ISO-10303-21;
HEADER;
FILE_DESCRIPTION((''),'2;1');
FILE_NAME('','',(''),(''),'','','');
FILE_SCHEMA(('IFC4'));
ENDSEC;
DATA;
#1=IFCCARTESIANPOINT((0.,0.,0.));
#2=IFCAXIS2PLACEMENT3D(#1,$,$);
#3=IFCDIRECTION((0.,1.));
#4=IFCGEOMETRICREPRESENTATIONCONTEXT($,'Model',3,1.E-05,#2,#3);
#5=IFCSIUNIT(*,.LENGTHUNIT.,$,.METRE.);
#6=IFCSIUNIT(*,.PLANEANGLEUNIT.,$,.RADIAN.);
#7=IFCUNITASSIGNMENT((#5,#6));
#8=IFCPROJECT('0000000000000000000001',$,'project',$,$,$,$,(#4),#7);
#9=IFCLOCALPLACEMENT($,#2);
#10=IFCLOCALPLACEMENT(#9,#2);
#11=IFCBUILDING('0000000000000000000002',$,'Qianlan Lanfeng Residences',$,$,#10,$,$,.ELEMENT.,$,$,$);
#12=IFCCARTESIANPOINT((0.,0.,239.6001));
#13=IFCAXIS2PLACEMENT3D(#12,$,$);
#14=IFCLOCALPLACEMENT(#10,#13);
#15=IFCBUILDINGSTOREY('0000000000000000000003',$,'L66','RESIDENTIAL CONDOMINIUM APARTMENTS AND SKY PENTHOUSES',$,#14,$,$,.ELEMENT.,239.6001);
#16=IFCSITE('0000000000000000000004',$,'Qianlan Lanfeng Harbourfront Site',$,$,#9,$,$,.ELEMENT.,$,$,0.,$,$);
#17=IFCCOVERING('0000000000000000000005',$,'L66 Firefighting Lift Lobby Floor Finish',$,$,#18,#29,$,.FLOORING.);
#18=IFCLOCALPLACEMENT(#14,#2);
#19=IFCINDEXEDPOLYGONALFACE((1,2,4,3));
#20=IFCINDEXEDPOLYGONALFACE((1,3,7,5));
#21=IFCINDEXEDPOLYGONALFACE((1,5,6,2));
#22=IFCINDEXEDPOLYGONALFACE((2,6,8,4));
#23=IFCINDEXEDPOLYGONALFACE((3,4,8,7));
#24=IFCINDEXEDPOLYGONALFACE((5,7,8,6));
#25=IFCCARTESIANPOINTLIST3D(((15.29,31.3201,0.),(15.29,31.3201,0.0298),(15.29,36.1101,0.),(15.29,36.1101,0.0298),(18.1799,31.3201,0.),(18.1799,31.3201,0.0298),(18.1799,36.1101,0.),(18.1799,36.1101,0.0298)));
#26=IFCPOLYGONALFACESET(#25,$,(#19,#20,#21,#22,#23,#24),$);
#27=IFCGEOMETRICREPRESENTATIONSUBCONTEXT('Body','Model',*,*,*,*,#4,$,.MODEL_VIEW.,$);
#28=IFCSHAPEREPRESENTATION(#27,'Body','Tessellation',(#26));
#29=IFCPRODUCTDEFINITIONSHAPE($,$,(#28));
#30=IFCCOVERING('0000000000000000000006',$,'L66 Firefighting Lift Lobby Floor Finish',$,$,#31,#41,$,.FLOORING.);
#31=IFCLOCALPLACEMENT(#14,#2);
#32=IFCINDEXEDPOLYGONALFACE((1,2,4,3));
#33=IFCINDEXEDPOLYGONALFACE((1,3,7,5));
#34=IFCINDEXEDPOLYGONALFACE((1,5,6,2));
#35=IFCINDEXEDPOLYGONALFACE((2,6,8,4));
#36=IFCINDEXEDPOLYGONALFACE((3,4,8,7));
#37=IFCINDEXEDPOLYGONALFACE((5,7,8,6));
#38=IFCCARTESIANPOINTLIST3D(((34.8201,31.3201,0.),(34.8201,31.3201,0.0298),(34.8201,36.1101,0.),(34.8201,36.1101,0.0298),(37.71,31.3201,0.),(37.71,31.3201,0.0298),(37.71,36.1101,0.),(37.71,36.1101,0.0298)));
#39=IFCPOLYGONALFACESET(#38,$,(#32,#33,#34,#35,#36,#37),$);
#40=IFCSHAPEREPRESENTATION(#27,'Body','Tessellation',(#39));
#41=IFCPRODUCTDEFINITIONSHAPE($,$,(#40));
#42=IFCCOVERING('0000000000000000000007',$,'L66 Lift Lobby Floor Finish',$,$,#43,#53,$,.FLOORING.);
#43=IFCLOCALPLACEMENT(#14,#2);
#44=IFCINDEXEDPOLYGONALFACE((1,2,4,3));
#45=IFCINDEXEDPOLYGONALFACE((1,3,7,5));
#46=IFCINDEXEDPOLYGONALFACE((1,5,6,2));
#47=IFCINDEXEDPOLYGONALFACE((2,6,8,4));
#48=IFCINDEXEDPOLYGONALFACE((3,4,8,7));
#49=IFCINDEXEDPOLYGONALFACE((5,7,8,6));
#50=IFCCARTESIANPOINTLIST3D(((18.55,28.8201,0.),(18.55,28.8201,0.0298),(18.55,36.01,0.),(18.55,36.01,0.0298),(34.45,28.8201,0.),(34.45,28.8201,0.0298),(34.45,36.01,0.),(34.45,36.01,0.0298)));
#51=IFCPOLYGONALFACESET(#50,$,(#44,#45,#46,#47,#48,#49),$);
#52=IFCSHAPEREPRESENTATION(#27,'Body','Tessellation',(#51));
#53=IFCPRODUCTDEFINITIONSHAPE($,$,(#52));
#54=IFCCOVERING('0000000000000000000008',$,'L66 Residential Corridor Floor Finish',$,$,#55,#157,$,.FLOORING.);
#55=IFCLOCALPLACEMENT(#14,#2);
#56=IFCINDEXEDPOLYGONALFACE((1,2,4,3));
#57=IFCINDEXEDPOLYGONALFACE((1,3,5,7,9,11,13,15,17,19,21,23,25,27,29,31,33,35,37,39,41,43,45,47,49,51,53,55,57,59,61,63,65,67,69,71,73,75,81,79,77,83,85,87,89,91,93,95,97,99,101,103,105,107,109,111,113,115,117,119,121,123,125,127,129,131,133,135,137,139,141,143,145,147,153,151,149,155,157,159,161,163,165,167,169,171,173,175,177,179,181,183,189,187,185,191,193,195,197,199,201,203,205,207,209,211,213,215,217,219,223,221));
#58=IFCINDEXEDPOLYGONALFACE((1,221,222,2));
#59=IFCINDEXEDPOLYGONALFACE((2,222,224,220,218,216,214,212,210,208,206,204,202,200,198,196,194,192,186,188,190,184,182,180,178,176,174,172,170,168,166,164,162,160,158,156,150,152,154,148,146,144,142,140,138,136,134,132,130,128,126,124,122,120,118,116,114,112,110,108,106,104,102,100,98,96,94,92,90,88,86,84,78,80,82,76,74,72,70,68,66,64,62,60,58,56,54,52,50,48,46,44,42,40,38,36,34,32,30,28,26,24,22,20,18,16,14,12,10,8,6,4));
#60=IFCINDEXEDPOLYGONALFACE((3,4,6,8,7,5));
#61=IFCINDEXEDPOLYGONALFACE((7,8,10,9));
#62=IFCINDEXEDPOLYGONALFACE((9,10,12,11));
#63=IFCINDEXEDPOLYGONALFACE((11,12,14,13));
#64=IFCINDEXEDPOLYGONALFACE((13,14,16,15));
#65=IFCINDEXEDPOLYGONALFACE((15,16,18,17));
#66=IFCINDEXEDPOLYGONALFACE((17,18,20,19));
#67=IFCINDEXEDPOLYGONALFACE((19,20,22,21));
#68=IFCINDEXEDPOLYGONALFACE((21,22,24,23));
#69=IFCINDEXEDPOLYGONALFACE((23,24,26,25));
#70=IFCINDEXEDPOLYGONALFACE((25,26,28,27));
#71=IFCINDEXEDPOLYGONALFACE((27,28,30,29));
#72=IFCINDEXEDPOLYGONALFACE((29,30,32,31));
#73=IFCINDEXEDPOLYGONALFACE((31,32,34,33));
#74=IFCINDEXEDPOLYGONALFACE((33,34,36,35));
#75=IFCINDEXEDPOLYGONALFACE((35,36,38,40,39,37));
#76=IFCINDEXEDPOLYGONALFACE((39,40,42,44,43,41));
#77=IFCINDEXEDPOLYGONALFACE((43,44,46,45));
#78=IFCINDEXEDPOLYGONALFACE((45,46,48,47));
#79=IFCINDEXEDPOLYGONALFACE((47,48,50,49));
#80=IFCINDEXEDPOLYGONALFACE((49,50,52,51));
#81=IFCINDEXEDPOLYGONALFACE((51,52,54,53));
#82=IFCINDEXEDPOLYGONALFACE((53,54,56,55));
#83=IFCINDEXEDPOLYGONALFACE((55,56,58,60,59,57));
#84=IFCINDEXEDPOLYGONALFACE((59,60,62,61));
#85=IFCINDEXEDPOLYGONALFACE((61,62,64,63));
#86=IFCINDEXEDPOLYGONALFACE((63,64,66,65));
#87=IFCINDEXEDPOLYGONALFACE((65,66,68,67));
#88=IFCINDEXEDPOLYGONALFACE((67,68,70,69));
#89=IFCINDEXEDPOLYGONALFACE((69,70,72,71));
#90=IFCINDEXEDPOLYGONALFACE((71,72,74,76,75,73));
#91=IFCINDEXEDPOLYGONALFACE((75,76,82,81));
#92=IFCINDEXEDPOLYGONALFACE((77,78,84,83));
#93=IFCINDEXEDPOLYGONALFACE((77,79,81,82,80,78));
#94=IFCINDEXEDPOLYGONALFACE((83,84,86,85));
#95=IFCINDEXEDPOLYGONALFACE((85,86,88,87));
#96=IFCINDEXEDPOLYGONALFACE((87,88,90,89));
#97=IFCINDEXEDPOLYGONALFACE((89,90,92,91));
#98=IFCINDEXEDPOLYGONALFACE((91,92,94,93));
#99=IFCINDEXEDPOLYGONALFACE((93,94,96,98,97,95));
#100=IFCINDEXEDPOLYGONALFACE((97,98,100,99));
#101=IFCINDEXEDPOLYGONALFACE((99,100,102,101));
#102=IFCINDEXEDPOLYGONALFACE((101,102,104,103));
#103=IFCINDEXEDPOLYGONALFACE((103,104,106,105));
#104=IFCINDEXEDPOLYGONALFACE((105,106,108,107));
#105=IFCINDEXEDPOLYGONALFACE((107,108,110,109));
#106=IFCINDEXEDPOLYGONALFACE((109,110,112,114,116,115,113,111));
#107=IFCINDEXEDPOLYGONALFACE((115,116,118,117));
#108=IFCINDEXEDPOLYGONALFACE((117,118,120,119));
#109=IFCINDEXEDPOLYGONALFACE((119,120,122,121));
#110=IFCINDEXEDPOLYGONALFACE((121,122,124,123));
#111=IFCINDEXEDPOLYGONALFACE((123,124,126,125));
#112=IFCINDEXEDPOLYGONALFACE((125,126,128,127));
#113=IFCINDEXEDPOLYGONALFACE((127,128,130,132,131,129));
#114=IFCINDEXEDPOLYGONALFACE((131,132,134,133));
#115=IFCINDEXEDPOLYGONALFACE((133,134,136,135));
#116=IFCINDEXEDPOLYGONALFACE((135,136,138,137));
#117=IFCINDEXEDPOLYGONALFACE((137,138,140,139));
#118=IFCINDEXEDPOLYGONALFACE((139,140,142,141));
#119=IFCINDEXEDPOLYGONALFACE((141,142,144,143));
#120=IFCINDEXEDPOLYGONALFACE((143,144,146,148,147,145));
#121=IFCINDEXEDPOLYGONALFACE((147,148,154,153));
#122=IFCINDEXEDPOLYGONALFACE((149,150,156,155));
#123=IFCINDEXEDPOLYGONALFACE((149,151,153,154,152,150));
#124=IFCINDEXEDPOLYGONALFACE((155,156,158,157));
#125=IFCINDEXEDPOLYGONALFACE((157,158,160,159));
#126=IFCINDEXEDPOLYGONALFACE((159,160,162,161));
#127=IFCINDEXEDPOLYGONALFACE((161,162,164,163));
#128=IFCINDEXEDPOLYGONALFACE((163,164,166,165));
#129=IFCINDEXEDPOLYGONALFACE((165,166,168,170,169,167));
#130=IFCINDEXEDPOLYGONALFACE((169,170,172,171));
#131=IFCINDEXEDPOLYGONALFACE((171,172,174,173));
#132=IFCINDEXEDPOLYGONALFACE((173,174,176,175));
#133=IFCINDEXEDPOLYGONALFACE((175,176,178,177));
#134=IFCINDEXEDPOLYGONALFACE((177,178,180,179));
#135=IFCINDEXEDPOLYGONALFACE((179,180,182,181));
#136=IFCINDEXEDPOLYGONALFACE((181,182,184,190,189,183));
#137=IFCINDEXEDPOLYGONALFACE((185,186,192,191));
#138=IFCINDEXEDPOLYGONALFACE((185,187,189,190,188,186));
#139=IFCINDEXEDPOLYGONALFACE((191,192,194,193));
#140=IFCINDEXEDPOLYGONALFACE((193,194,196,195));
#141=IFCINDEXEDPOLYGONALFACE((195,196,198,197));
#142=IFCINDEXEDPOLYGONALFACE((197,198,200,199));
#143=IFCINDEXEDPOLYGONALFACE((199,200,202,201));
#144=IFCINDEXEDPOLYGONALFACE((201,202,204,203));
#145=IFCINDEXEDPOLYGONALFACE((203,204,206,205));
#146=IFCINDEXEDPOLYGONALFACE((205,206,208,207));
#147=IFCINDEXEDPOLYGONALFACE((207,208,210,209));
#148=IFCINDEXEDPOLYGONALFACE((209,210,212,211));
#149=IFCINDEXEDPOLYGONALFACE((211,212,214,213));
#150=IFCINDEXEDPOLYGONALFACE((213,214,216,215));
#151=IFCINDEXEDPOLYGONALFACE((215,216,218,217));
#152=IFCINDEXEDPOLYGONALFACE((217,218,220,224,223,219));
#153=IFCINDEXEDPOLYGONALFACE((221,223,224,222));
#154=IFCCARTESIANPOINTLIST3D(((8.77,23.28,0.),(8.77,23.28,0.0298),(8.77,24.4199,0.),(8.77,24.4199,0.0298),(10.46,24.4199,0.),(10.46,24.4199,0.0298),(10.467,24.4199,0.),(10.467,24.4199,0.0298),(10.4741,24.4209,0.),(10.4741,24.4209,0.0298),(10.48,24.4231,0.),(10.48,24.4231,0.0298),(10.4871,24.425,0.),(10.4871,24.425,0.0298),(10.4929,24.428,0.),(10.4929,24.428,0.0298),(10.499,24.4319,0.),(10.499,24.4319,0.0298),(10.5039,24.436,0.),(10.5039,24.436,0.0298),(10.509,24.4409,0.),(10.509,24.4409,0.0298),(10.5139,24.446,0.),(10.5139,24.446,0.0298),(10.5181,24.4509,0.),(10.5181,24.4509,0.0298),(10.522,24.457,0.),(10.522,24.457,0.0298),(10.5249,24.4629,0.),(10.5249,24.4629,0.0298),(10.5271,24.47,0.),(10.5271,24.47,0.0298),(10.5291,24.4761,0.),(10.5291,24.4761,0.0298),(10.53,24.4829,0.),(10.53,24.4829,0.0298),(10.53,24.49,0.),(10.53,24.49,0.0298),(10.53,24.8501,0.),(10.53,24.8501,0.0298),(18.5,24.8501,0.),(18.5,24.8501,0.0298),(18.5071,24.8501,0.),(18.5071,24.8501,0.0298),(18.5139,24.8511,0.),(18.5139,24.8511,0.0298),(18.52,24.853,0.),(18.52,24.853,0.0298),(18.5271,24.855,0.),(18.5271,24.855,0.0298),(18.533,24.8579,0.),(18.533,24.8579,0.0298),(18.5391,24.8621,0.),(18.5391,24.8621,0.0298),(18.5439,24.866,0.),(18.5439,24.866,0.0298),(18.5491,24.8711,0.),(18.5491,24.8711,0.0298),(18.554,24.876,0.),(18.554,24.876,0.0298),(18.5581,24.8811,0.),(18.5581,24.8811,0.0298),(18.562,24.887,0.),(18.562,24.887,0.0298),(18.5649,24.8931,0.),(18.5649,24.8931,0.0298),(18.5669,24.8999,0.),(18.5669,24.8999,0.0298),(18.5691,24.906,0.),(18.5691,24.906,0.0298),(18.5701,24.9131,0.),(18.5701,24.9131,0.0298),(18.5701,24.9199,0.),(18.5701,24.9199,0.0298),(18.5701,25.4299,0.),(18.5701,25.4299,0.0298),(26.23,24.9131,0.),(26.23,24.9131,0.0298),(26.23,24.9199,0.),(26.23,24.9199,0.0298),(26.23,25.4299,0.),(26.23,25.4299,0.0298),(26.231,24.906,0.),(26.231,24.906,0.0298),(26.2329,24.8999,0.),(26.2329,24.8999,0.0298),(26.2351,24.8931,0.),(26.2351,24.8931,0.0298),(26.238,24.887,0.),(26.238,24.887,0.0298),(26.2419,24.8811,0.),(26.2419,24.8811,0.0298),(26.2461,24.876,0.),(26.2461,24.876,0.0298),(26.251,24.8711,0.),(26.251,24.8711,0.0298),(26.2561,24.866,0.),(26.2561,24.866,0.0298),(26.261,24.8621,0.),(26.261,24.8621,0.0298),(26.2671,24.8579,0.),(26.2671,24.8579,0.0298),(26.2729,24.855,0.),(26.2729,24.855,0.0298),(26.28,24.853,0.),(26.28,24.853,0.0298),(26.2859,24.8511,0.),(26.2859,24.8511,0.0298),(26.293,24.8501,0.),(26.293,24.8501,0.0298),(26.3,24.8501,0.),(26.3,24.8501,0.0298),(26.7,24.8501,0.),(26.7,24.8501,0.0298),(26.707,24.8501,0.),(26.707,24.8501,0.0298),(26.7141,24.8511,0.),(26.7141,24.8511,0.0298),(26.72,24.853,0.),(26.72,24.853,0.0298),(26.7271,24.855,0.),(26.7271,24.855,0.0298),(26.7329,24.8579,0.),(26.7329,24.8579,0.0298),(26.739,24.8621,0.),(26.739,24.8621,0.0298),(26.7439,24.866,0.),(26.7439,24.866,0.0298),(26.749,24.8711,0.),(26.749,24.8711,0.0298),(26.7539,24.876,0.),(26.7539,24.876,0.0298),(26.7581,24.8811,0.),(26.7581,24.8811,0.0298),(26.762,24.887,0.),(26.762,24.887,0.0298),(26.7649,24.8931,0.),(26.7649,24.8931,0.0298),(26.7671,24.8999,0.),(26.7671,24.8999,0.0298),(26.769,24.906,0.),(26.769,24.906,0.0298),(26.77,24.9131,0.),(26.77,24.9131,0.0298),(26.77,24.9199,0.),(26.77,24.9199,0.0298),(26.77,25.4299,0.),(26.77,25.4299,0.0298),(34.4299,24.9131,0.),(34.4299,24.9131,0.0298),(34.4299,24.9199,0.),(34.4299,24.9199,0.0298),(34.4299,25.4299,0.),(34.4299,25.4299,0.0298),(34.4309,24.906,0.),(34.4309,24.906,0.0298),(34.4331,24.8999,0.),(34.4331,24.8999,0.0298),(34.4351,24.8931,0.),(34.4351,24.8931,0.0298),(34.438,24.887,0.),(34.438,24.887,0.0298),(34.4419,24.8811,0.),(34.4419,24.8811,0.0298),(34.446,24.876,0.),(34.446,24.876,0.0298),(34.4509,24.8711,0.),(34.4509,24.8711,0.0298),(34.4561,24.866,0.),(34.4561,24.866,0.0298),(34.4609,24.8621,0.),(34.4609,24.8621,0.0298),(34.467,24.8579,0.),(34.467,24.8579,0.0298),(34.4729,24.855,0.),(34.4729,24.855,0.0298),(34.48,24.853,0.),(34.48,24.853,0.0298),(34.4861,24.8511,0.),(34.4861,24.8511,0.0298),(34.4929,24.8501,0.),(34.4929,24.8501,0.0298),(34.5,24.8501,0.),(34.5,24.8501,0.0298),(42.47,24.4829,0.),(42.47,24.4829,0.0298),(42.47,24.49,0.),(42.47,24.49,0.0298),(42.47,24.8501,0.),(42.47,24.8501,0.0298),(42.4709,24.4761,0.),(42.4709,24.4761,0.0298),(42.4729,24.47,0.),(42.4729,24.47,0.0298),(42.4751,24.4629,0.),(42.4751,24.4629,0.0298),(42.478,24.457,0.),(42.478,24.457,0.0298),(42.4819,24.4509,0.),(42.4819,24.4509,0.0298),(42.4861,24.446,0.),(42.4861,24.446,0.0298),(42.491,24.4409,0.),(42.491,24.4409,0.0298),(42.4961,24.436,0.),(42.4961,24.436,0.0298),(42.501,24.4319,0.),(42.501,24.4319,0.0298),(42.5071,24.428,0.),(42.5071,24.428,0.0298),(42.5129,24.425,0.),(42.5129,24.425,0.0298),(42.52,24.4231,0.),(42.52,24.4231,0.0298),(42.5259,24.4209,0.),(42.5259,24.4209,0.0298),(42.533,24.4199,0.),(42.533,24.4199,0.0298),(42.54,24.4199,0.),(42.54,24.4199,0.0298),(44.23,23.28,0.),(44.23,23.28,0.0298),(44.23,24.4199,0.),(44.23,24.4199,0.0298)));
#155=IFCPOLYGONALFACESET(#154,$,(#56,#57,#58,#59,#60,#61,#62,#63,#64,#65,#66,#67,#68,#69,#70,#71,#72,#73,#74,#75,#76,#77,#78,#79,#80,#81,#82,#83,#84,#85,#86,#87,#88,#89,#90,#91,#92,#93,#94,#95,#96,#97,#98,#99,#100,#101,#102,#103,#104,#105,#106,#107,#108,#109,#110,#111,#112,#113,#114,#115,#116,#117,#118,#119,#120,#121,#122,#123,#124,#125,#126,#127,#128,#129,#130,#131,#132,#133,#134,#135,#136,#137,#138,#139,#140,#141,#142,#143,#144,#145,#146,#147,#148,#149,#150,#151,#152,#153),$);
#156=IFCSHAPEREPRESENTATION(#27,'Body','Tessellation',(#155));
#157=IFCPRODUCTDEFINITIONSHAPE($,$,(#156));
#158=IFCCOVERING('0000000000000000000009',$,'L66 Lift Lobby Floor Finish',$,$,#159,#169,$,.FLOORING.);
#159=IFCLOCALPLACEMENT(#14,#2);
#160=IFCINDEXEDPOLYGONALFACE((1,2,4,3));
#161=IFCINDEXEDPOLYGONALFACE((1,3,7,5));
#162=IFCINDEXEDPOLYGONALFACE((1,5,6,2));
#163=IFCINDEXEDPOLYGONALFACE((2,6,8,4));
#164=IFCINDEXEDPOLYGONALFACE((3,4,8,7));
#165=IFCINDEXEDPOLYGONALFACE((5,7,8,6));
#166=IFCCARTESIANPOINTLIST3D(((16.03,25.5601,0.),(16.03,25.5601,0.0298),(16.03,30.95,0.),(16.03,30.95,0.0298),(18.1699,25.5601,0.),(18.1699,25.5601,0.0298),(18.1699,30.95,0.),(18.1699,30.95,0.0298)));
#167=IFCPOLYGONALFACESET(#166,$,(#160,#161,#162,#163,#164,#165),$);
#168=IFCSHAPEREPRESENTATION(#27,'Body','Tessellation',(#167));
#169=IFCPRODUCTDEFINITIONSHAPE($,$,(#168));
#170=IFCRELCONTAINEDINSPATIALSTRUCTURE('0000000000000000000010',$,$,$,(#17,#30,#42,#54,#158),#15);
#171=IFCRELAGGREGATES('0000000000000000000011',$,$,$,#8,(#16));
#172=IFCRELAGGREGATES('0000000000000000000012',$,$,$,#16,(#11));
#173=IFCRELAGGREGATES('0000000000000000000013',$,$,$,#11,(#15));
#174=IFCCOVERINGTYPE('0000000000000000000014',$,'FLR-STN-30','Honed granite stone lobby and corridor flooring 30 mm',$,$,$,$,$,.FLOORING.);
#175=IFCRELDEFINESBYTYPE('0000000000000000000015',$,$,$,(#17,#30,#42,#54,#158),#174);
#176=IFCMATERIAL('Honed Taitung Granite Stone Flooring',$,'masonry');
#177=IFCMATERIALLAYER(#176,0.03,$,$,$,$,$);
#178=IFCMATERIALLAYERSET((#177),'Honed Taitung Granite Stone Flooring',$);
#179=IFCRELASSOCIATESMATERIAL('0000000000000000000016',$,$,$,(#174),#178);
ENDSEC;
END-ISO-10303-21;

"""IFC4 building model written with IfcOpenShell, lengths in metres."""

from ifc_helpers import new_model, si_unit, direction, frame, origin, place, context, subcontext, project, spatial, polyline, outline, extrude, material, layer, layer_set, type_object, element, save


model = new_model("IFC4")

# Units and contexts
model_context = context("Model", 3, precision=1e-05, world=origin(), true_north=direction((0.0, 1.0)))
body_context = subcontext(model_context, "Body", "Model", "MODEL_VIEW")
ifc_project = project(units=[si_unit("LENGTHUNIT", "METRE"), si_unit("PLANEANGLEUNIT", "RADIAN")], contexts=[model_context])

# Site, building, storey
site_placement = place(None, origin())
site = spatial("IfcSite", under=ifc_project, at=site_placement, Name="Qianlan Lanfeng Harbourfront Site", CompositionType="ELEMENT", RefElevation=0.0)
building_placement = place(site_placement, origin())
building = spatial("IfcBuilding", under=site, at=building_placement, Name="Qianlan Lanfeng Residences", CompositionType="ELEMENT")
storey_placement = place(building_placement, frame((0.0, 0.0, 239.6001)))
storey = spatial("IfcBuildingStorey", under=building, at=storey_placement, Name="L66", Description="RESIDENTIAL CONDOMINIUM APARTMENTS AND SKY PENTHOUSES", CompositionType="ELEMENT", Elevation=239.6001)

# Coverings
ifc_material_1 = material(Name="Honed Taitung Granite Stone Flooring", Category="masonry")
ifc_layer_1 = layer(ifc_material_1, 0.03)
ifc_layer_set_1 = layer_set([ifc_layer_1], Name="Honed Taitung Granite Stone Flooring")
covering_type_1 = type_object("IfcCoveringType", Name="FLR-STN-30", Description="Honed granite stone lobby and corridor flooring 30 mm", PredefinedType="FLOORING", material=ifc_layer_set_1)
covering_1_placement = place(storey_placement, origin())
element("IfcCovering", 1, at=covering_1_placement, inside=storey, type_object=covering_type_1, Name="L66 Firefighting Lift Lobby Floor Finish", PredefinedType="FLOORING", context=body_context, shape_type="SweptSolid", body=[
    extrude(outline(polyline([(15.29, 31.3201), (18.1799, 31.3201), (18.1799, 36.1101), (15.29, 36.1101), (15.29, 31.3201)])), origin(), (0.0, 0.0, 1.0), 0.0298),
])
covering_2_placement = place(storey_placement, origin())
element("IfcCovering", 2, at=covering_2_placement, inside=storey, type_object=covering_type_1, Name="L66 Firefighting Lift Lobby Floor Finish", PredefinedType="FLOORING", context=body_context, shape_type="SweptSolid", body=[
    extrude(outline(polyline([(34.8201, 31.3201), (37.71, 31.3201), (37.71, 36.1101), (34.8201, 36.1101), (34.8201, 31.3201)])), origin(), (0.0, 0.0, 1.0), 0.0298),
])
covering_3_placement = place(storey_placement, origin())
element("IfcCovering", 3, at=covering_3_placement, inside=storey, type_object=covering_type_1, Name="L66 Lift Lobby Floor Finish", PredefinedType="FLOORING", context=body_context, shape_type="SweptSolid", body=[
    extrude(outline(polyline([(18.55, 28.8201), (34.45, 28.8201), (34.45, 36.01), (18.55, 36.01), (18.55, 28.8201)])), origin(), (0.0, 0.0, 1.0), 0.0298),
])
covering_4_placement = place(storey_placement, origin())
element("IfcCovering", 4, at=covering_4_placement, inside=storey, type_object=covering_type_1, Name="L66 Residential Corridor Floor Finish", PredefinedType="FLOORING", context=body_context, shape_type="SweptSolid", body=[
    extrude(outline(polyline([(8.77, 23.28), (44.23, 23.28), (44.23, 24.4199), (42.54, 24.4199), (42.533, 24.4199), (42.5259, 24.4209), (42.52, 24.4231), (42.5129, 24.425), (42.5071, 24.428), (42.501, 24.4319), (42.4961, 24.436), (42.491, 24.4409), (42.4861, 24.446), (42.4819, 24.4509), (42.478, 24.457), (42.4751, 24.4629), (42.4729, 24.47), (42.4709, 24.4761), (42.47, 24.4829), (42.47, 24.49), (42.47, 24.8501), (34.5, 24.8501), (34.4929, 24.8501), (34.4861, 24.8511), (34.48, 24.853), (34.4729, 24.855), (34.467, 24.8579), (34.4609, 24.8621), (34.4561, 24.866), (34.4509, 24.8711), (34.446, 24.876), (34.4419, 24.8811), (34.438, 24.887), (34.4351, 24.8931), (34.4331, 24.8999), (34.4309, 24.906), (34.4299, 24.9131), (34.4299, 24.9199), (34.4299, 25.4299), (26.77, 25.4299), (26.77, 24.9199), (26.77, 24.9131), (26.769, 24.906), (26.7671, 24.8999), (26.7649, 24.8931), (26.762, 24.887), (26.7581, 24.8811), (26.7539, 24.876), (26.749, 24.8711), (26.7439, 24.866), (26.739, 24.8621), (26.7329, 24.8579), (26.7271, 24.855), (26.72, 24.853), (26.7141, 24.8511), (26.707, 24.8501), (26.7, 24.8501), (26.3, 24.8501), (26.293, 24.8501), (26.2859, 24.8511), (26.28, 24.853), (26.2729, 24.855), (26.2671, 24.8579), (26.261, 24.8621), (26.2561, 24.866), (26.251, 24.8711), (26.2461, 24.876), (26.2419, 24.8811), (26.238, 24.887), (26.2351, 24.8931), (26.2329, 24.8999), (26.231, 24.906), (26.23, 24.9131), (26.23, 24.9199), (26.23, 25.4299), (18.5701, 25.4299), (18.5701, 24.9199), (18.5701, 24.9131), (18.5691, 24.906), (18.5669, 24.8999), (18.5649, 24.8931), (18.562, 24.887), (18.5581, 24.8811), (18.554, 24.876), (18.5491, 24.8711), (18.5439, 24.866), (18.5391, 24.8621), (18.533, 24.8579), (18.5271, 24.855), (18.52, 24.853), (18.5139, 24.8511), (18.5071, 24.8501), (18.5, 24.8501), (10.53, 24.8501), (10.53, 24.49), (10.53, 24.4829), (10.5291, 24.4761), (10.5271, 24.47), (10.5249, 24.4629), (10.522, 24.457), (10.5181, 24.4509), (10.5139, 24.446), (10.509, 24.4409), (10.5039, 24.436), (10.499, 24.4319), (10.4929, 24.428), (10.4871, 24.425), (10.48, 24.4231), (10.4741, 24.4209), (10.467, 24.4199), (10.46, 24.4199), (8.77, 24.4199), (8.77, 23.28)])), origin(), (0.0, 0.0, 1.0), 0.0298),
])
covering_5_placement = place(storey_placement, origin())
element("IfcCovering", 5, at=covering_5_placement, inside=storey, type_object=covering_type_1, Name="L66 Lift Lobby Floor Finish", PredefinedType="FLOORING", context=body_context, shape_type="SweptSolid", body=[
    extrude(outline(polyline([(16.03, 25.5601), (18.1699, 25.5601), (18.1699, 30.95), (16.03, 30.95), (16.03, 25.5601)])), origin(), (0.0, 0.0, 1.0), 0.0298),
])

save(model, "model.ifc")
